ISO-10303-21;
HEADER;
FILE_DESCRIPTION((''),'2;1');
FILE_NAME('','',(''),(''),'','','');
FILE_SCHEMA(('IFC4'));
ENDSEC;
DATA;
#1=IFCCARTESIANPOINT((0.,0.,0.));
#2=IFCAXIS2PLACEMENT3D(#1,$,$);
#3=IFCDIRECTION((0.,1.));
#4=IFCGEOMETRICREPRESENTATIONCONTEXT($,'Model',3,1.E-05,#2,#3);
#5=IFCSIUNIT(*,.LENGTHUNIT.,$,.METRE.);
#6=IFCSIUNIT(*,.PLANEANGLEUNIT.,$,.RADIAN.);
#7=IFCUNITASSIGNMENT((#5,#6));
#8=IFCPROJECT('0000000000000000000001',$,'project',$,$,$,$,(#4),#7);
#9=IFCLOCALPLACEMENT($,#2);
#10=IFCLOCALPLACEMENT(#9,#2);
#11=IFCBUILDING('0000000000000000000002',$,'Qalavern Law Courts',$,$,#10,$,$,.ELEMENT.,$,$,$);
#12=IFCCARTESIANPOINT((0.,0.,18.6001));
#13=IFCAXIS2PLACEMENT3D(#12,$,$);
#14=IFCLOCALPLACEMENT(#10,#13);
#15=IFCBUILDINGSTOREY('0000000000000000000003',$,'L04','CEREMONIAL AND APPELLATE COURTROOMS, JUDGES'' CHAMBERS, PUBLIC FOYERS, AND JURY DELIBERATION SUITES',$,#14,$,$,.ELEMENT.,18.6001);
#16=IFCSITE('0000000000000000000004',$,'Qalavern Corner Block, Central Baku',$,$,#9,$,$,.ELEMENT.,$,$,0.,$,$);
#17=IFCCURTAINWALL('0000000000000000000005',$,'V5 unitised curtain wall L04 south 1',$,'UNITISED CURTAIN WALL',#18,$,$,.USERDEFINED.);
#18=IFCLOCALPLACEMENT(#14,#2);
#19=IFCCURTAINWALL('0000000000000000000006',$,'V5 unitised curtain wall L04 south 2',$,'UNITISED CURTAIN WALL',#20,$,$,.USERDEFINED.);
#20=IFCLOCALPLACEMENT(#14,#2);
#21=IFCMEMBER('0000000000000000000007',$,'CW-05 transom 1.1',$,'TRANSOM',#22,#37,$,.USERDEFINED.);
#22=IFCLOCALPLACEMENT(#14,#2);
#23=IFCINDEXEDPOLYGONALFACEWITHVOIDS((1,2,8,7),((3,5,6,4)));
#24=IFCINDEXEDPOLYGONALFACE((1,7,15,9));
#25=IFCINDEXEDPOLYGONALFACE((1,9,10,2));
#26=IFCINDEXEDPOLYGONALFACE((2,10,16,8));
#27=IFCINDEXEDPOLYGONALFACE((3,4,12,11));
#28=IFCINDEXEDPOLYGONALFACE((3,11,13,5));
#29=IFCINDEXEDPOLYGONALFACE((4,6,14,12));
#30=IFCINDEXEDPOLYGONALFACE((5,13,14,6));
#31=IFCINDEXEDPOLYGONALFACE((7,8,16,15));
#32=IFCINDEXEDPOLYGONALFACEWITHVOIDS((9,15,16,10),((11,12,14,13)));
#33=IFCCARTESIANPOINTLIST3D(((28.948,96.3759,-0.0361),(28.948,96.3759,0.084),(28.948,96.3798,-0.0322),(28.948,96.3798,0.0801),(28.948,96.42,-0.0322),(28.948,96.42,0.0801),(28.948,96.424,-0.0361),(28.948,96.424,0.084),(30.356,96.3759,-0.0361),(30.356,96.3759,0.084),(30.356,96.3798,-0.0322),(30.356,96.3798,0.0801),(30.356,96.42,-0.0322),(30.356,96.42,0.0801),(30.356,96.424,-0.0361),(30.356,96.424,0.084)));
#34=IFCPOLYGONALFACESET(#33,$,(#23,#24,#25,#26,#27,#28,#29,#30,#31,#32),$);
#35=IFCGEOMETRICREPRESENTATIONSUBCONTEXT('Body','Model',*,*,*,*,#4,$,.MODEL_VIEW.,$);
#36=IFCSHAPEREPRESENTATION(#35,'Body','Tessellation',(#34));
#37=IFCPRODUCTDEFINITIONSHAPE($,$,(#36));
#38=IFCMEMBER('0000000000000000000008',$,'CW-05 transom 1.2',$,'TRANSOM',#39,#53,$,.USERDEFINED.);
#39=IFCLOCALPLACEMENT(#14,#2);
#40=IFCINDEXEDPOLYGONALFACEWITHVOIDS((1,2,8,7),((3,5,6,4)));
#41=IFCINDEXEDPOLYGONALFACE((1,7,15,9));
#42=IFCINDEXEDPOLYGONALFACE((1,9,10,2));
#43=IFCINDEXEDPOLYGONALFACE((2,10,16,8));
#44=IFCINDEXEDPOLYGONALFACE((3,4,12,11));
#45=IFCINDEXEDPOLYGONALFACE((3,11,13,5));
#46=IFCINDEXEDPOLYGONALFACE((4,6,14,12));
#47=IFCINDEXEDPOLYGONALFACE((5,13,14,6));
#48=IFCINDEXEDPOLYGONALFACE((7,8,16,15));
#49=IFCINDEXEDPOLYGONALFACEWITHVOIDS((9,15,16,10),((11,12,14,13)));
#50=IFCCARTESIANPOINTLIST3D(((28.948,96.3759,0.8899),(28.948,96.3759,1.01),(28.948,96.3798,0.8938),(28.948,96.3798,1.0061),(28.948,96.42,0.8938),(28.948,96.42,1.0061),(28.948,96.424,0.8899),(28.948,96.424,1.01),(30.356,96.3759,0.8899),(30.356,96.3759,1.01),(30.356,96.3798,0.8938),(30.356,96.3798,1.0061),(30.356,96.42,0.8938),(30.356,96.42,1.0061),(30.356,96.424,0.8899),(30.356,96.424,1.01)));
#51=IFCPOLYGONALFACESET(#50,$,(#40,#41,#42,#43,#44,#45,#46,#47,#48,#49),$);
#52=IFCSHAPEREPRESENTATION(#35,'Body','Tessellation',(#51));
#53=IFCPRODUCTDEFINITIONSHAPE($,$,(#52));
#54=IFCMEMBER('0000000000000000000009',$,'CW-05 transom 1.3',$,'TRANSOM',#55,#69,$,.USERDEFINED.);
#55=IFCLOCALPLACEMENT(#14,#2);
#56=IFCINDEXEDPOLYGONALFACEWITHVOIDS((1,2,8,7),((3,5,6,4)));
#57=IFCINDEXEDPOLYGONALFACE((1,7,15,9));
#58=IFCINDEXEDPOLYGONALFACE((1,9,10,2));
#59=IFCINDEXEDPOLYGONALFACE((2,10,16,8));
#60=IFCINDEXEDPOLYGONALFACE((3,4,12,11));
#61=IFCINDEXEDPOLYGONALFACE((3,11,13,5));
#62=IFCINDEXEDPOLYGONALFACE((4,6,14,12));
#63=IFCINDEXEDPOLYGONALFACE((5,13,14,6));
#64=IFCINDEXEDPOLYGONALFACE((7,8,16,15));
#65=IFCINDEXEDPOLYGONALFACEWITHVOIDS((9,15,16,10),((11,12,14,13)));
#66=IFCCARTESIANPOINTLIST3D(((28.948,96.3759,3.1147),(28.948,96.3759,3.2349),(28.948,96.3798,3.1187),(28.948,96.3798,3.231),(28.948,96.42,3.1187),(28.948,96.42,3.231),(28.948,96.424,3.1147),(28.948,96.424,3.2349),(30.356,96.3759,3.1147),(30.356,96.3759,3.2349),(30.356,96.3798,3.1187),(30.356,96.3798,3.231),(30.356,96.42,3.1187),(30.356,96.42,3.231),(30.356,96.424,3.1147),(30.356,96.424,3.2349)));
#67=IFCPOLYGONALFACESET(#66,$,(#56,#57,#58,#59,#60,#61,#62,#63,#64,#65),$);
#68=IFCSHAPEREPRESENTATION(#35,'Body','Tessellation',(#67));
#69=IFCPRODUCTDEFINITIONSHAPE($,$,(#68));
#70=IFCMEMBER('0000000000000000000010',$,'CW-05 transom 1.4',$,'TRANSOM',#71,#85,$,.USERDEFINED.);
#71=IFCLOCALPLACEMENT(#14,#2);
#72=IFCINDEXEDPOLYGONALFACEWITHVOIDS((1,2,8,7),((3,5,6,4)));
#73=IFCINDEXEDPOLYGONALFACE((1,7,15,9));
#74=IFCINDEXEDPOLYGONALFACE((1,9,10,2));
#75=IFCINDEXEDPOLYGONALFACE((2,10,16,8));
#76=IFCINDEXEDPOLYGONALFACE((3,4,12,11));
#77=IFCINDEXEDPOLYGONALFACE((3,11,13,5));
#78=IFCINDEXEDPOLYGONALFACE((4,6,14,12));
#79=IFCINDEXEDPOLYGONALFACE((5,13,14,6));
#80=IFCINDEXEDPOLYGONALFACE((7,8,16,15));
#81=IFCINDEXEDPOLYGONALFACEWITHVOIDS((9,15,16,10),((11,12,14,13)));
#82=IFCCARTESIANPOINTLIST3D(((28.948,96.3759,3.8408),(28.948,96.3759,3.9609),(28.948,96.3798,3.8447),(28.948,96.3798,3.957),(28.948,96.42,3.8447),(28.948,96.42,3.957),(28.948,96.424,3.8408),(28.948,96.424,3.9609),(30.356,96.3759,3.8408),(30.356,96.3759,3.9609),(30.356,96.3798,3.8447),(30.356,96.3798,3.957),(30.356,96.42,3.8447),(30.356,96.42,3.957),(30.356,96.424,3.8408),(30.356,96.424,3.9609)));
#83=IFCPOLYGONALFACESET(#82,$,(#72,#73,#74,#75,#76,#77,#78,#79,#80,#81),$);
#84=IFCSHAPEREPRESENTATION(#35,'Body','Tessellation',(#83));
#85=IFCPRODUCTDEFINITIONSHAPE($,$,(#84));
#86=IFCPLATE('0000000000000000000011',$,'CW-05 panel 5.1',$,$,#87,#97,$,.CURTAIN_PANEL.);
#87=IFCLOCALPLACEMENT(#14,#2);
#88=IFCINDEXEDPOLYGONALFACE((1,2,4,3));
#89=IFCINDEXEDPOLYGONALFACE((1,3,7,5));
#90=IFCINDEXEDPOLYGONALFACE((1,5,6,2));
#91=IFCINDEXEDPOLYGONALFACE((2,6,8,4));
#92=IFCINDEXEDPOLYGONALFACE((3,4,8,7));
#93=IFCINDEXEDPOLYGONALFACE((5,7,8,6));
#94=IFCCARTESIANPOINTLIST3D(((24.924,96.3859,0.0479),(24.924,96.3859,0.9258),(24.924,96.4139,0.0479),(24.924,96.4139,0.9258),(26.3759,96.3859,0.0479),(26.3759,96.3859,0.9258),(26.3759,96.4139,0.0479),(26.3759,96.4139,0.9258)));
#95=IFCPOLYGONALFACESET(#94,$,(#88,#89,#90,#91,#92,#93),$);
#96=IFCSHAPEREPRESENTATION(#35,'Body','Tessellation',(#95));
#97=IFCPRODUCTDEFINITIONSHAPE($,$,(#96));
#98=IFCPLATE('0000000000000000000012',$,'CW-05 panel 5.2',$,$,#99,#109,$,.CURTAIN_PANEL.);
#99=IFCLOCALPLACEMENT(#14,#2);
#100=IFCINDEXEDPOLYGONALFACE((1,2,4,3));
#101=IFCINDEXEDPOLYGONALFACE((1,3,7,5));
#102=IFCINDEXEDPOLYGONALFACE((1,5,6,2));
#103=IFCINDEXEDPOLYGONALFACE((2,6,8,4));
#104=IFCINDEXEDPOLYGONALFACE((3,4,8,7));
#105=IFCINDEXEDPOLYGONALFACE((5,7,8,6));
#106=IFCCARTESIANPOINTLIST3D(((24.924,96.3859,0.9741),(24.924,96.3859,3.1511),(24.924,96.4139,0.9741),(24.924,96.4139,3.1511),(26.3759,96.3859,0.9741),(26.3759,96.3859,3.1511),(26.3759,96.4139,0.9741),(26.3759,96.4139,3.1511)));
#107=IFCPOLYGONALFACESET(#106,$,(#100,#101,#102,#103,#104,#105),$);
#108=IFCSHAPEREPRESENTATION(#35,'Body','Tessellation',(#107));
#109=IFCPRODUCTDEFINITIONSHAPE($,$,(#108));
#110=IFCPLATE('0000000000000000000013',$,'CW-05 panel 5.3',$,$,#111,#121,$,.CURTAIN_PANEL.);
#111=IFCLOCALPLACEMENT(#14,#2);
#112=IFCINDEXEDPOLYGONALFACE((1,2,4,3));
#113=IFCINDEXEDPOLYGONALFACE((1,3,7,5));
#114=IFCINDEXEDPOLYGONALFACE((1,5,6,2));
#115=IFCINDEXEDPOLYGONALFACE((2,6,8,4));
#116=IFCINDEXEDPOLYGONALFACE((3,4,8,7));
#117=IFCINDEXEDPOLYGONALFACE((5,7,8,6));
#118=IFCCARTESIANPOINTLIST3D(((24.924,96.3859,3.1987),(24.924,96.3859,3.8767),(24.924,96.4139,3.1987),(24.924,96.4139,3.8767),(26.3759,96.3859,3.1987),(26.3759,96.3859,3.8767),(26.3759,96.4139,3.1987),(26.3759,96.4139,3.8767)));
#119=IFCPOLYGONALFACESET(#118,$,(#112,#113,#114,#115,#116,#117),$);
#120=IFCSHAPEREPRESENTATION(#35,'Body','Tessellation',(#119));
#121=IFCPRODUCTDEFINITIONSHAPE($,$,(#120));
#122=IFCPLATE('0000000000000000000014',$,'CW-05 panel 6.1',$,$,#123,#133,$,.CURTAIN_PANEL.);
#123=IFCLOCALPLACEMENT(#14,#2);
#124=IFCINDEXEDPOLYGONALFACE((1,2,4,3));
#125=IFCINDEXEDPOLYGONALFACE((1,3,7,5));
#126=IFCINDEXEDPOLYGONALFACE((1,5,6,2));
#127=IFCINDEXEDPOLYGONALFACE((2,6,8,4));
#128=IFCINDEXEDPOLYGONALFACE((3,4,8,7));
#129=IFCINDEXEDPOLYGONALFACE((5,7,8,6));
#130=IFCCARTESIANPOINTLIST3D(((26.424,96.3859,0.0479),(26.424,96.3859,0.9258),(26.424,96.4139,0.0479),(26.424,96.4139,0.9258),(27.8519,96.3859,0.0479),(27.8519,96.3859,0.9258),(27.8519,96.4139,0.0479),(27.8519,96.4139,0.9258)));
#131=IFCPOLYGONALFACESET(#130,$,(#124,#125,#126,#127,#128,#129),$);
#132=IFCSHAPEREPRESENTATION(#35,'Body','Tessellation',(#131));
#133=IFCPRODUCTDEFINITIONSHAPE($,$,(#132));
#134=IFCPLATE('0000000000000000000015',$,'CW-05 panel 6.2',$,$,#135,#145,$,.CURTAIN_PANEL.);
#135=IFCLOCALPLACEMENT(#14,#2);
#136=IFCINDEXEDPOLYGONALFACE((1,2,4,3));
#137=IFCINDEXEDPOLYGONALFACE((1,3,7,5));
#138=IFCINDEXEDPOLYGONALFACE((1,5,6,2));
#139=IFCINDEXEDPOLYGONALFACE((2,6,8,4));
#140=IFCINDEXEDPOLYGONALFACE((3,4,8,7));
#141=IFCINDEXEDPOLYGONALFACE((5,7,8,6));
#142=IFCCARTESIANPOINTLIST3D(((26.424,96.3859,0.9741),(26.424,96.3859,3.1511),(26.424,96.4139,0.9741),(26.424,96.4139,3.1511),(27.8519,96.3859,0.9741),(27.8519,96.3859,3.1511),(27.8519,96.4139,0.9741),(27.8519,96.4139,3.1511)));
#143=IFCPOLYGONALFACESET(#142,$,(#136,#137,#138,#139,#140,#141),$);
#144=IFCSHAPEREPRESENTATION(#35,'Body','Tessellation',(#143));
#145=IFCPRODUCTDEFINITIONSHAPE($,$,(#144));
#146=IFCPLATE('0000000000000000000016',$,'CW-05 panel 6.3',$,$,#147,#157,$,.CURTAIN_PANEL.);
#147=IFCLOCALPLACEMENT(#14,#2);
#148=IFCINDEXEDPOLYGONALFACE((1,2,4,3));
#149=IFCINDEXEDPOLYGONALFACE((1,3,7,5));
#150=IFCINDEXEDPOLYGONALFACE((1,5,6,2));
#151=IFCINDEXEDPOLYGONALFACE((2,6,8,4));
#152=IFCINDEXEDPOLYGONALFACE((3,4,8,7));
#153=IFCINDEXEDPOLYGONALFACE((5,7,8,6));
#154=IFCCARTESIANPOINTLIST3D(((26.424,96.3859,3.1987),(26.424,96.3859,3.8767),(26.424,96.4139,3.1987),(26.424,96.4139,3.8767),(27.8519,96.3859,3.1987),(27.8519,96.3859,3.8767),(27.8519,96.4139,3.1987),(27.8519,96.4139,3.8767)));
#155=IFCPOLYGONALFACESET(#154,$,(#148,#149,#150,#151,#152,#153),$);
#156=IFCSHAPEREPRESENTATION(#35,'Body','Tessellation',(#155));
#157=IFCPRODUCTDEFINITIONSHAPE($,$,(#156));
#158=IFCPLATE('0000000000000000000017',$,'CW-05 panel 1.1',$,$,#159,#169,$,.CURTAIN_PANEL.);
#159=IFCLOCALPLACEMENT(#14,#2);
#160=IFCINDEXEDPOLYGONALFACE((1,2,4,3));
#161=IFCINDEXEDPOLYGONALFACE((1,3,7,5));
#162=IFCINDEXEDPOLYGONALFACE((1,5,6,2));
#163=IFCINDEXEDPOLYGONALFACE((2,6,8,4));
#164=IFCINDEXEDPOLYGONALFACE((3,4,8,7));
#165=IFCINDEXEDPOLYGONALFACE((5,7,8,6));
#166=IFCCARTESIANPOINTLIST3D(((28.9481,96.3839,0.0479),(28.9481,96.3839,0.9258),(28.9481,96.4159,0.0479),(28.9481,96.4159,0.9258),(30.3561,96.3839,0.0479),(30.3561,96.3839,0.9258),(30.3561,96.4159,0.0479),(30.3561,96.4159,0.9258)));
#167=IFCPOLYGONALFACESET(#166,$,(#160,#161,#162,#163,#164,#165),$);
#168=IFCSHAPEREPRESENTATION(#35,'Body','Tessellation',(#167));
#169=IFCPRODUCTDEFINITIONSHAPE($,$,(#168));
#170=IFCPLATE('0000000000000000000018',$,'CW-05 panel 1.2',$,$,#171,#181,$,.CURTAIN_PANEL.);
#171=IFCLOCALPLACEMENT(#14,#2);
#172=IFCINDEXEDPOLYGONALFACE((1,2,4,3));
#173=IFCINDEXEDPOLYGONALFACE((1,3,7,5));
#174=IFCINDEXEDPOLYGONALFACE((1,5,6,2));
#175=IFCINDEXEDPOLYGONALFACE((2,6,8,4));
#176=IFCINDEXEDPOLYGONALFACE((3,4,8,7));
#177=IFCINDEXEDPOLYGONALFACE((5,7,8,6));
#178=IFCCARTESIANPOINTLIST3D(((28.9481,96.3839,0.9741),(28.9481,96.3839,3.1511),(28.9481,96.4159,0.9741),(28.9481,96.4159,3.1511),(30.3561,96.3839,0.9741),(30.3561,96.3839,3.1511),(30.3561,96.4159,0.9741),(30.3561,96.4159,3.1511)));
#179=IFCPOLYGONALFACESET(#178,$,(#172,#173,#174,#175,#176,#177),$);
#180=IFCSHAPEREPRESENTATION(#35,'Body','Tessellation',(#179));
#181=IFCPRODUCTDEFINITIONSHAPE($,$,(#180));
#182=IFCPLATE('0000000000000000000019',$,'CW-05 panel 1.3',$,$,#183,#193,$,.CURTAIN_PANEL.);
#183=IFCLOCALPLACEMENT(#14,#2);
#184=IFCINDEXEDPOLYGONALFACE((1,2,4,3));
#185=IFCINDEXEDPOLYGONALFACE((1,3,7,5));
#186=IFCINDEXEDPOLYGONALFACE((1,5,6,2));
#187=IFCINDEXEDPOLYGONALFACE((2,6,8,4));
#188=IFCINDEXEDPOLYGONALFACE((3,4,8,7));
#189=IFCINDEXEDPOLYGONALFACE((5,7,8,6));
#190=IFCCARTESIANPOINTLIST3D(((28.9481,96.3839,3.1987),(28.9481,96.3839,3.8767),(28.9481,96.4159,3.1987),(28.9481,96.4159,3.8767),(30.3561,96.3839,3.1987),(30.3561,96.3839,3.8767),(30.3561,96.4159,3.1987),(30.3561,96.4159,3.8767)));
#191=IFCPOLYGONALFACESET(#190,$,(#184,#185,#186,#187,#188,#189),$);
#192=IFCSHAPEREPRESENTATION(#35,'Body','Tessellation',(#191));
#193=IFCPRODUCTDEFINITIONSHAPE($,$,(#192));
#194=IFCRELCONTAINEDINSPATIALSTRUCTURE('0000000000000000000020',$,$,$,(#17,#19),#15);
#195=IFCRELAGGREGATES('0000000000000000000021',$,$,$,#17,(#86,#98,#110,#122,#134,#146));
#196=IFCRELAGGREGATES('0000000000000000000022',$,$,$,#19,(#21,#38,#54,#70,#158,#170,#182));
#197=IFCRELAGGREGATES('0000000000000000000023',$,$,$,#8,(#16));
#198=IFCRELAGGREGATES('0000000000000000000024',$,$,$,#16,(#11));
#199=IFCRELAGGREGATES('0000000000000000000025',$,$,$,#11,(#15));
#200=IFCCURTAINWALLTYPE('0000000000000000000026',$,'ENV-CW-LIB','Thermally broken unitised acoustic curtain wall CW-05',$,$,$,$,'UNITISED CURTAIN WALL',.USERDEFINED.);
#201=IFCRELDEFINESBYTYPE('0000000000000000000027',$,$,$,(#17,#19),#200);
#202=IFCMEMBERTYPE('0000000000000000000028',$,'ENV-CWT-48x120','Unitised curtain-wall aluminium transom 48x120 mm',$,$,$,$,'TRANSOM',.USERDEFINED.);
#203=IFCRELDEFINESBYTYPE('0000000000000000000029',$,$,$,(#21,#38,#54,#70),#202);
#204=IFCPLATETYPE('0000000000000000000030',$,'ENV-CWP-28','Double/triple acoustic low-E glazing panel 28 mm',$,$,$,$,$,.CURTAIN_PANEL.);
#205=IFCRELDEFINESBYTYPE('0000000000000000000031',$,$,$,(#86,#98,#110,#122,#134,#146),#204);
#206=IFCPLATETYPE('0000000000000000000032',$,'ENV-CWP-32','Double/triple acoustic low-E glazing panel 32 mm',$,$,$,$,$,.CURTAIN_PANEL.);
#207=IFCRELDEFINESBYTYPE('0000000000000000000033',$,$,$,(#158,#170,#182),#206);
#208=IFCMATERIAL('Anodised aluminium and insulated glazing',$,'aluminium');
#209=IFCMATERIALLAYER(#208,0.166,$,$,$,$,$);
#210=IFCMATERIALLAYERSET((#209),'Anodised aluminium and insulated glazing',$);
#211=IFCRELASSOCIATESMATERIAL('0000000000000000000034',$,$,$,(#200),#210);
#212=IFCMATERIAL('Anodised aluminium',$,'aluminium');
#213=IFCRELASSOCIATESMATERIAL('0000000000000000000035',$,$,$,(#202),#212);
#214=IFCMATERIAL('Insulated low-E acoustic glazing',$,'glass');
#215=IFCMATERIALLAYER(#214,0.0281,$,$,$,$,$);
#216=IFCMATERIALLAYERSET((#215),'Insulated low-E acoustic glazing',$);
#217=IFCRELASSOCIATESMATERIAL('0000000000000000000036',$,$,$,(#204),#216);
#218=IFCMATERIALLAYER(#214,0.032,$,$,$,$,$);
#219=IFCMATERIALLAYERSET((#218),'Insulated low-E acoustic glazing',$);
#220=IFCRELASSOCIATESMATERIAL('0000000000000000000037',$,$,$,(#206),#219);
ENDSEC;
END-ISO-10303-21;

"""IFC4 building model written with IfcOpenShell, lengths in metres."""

from ifc_helpers import new_model, si_unit, direction, frame, origin, origin_2d, place, context, subcontext, project, spatial, rectangle, hollow_rectangle, extrude, material, layer, layer_set, material_profile, profile_set, type_object, element, aggregate, save


model = new_model("IFC4")

# Units and contexts
model_context = context("Model", 3, precision=1e-05, world=origin(), true_north=direction((0.0, 1.0)))
body_context = subcontext(model_context, "Body", "Model", "MODEL_VIEW")
ifc_project = project(units=[si_unit("LENGTHUNIT", "METRE"), si_unit("PLANEANGLEUNIT", "RADIAN")], contexts=[model_context])

# Site, building, storey
site_placement = place(None, origin())
site = spatial("IfcSite", under=ifc_project, at=site_placement, Name="Qalavern Corner Block, Central Baku", CompositionType="ELEMENT", RefElevation=0.0)
building_placement = place(site_placement, origin())
building = spatial("IfcBuilding", under=site, at=building_placement, Name="Qalavern Law Courts", CompositionType="ELEMENT")
storey_placement = place(building_placement, frame((0.0, 0.0, 18.6001)))
storey = spatial("IfcBuildingStorey", under=building, at=storey_placement, Name="L04", Description="CEREMONIAL AND APPELLATE COURTROOMS, JUDGES' CHAMBERS, PUBLIC FOYERS, AND JURY DELIBERATION SUITES", CompositionType="ELEMENT", Elevation=18.6001)

# Curtain walls
ifc_material_1 = material(Name="Anodised aluminium and insulated glazing", Category="aluminium")
ifc_layer_1 = layer(ifc_material_1, 0.166)
ifc_layer_set_1 = layer_set([ifc_layer_1], Name="Anodised aluminium and insulated glazing")
curtain_wall_type = type_object("IfcCurtainWallType", Name="ENV-CW-LIB", Description="Thermally broken unitised acoustic curtain wall CW-05", ElementType="UNITISED CURTAIN WALL", PredefinedType="USERDEFINED", material=ifc_layer_set_1)
curtain_wall_1_placement = place(storey_placement, origin())
curtain_wall_1 = element("IfcCurtainWall", 1, at=curtain_wall_1_placement, inside=storey, type_object=curtain_wall_type, Name="V5 unitised curtain wall L04 south 1", ObjectType="UNITISED CURTAIN WALL", PredefinedType="USERDEFINED")
ifc_material_2 = material(Name="Anodised aluminium", Category="aluminium")
curtain_wall_2_placement = place(storey_placement, origin())
curtain_wall_2 = element("IfcCurtainWall", 2, at=curtain_wall_2_placement, inside=storey, type_object=curtain_wall_type, Name="V5 unitised curtain wall L04 south 2", ObjectType="UNITISED CURTAIN WALL", PredefinedType="USERDEFINED")

# Members
ifc_material_profile_1 = material_profile(ifc_material_2, hollow_rectangle(XDim=0.0481, YDim=0.1201, WallThickness=0.0039, at=origin_2d()), Name="ALU TRANSOM 48x120")
ifc_profile_set_1 = profile_set([ifc_material_profile_1], Name="Anodised aluminium")
member_type_1 = type_object("IfcMemberType", Name="ENV-CWT-48x120", Description="Unitised curtain-wall aluminium transom 48x120 mm", ElementType="TRANSOM", PredefinedType="USERDEFINED", material=ifc_profile_set_1)
member_1_placement = place(storey_placement, frame((28.948, 96.3999, 0.0239), z_axis=(1.0, 0.0, 0.0), x_axis=(0.0, 1.0, 0.0)))
member_1 = element("IfcMember", 3, at=member_1_placement, type_object=member_type_1, Name="CW-05 transom 1.1", ObjectType="TRANSOM", PredefinedType="USERDEFINED", context=body_context, shape_type="SweptSolid", body=[
    extrude(hollow_rectangle(XDim=0.0481, YDim=0.1201, WallThickness=0.0039, at=origin_2d()), origin(), (0.0, 0.0, 1.0), 1.408),
])
member_2_placement = place(storey_placement, frame((28.948, 96.3999, 0.95), z_axis=(1.0, 0.0, 0.0), x_axis=(0.0, 1.0, 0.0)))
member_2 = element("IfcMember", 4, at=member_2_placement, type_object=member_type_1, Name="CW-05 transom 1.2", ObjectType="TRANSOM", PredefinedType="USERDEFINED", context=body_context, shape_type="SweptSolid", body=[
    extrude(hollow_rectangle(XDim=0.0481, YDim=0.1201, WallThickness=0.0039, at=origin_2d()), origin(), (0.0, 0.0, 1.0), 1.408),
])
member_3_placement = place(storey_placement, frame((28.948, 96.3999, 3.1748), z_axis=(1.0, 0.0, 0.0), x_axis=(0.0, 1.0, 0.0)))
member_3 = element("IfcMember", 5, at=member_3_placement, type_object=member_type_1, Name="CW-05 transom 1.3", ObjectType="TRANSOM", PredefinedType="USERDEFINED", context=body_context, shape_type="SweptSolid", body=[
    extrude(hollow_rectangle(XDim=0.0481, YDim=0.1201, WallThickness=0.0039, at=origin_2d()), origin(), (0.0, 0.0, 1.0), 1.408),
])
member_4_placement = place(storey_placement, frame((28.948, 96.3999, 3.9009), z_axis=(1.0, 0.0, 0.0), x_axis=(0.0, 1.0, 0.0)))
member_4 = element("IfcMember", 6, at=member_4_placement, type_object=member_type_1, Name="CW-05 transom 1.4", ObjectType="TRANSOM", PredefinedType="USERDEFINED", context=body_context, shape_type="SweptSolid", body=[
    extrude(hollow_rectangle(XDim=0.0481, YDim=0.1201, WallThickness=0.0039, at=origin_2d()), origin(), (0.0, 0.0, 1.0), 1.408),
])

# Plates
ifc_material_3 = material(Name="Insulated low-E acoustic glazing", Category="glass")
ifc_layer_2 = layer(ifc_material_3, 0.0281)
ifc_layer_set_2 = layer_set([ifc_layer_2], Name="Insulated low-E acoustic glazing")
plate_type_1 = type_object("IfcPlateType", Name="ENV-CWP-28", Description="Double/triple acoustic low-E glazing panel 28 mm", PredefinedType="CURTAIN_PANEL", material=ifc_layer_set_2)
plate_1_placement = place(storey_placement, frame((25.6499, 96.3999, 0.0479), z_axis=(0.0, 0.0, 1.0), x_axis=(1.0, 0.0, 0.0)))
plate_1 = element("IfcPlate", 7, at=plate_1_placement, type_object=plate_type_1, Name="CW-05 panel 5.1", PredefinedType="CURTAIN_PANEL", context=body_context, shape_type="SweptSolid", body=[
    extrude(rectangle(XDim=1.4519, YDim=0.0281, at=origin_2d()), origin(), (0.0, 0.0, 1.0), 0.8779),
])
plate_2_placement = place(storey_placement, frame((25.6499, 96.3999, 0.9741), z_axis=(0.0, 0.0, 1.0), x_axis=(1.0, 0.0, 0.0)))
plate_2 = element("IfcPlate", 8, at=plate_2_placement, type_object=plate_type_1, Name="CW-05 panel 5.2", PredefinedType="CURTAIN_PANEL", context=body_context, shape_type="SweptSolid", body=[
    extrude(rectangle(XDim=1.4519, YDim=0.0281, at=origin_2d()), origin(), (0.0, 0.0, 1.0), 2.177),
])
plate_3_placement = place(storey_placement, frame((25.6499, 96.3999, 3.1987), z_axis=(0.0, 0.0, 1.0), x_axis=(1.0, 0.0, 0.0)))
plate_3 = element("IfcPlate", 9, at=plate_3_placement, type_object=plate_type_1, Name="CW-05 panel 5.3", PredefinedType="CURTAIN_PANEL", context=body_context, shape_type="SweptSolid", body=[
    extrude(rectangle(XDim=1.4519, YDim=0.0281, at=origin_2d()), origin(), (0.0, 0.0, 1.0), 0.678),
])
plate_4_placement = place(storey_placement, frame((27.1379, 96.3999, 0.0479), z_axis=(0.0, 0.0, 1.0), x_axis=(1.0, 0.0, 0.0)))
plate_4 = element("IfcPlate", 10, at=plate_4_placement, type_object=plate_type_1, Name="CW-05 panel 6.1", PredefinedType="CURTAIN_PANEL", context=body_context, shape_type="SweptSolid", body=[
    extrude(rectangle(XDim=1.428, YDim=0.0281, at=origin_2d()), origin(), (0.0, 0.0, 1.0), 0.8779),
])
plate_5_placement = place(storey_placement, frame((27.1379, 96.3999, 0.9741), z_axis=(0.0, 0.0, 1.0), x_axis=(1.0, 0.0, 0.0)))
plate_5 = element("IfcPlate", 11, at=plate_5_placement, type_object=plate_type_1, Name="CW-05 panel 6.2", PredefinedType="CURTAIN_PANEL", context=body_context, shape_type="SweptSolid", body=[
    extrude(rectangle(XDim=1.428, YDim=0.0281, at=origin_2d()), origin(), (0.0, 0.0, 1.0), 2.177),
])
plate_6_placement = place(storey_placement, frame((27.1379, 96.3999, 3.1987), z_axis=(0.0, 0.0, 1.0), x_axis=(1.0, 0.0, 0.0)))
plate_6 = element("IfcPlate", 12, at=plate_6_placement, type_object=plate_type_1, Name="CW-05 panel 6.3", PredefinedType="CURTAIN_PANEL", context=body_context, shape_type="SweptSolid", body=[
    extrude(rectangle(XDim=1.428, YDim=0.0281, at=origin_2d()), origin(), (0.0, 0.0, 1.0), 0.678),
])
aggregate(curtain_wall_1, [plate_1, plate_2, plate_3, plate_4, plate_5, plate_6])
ifc_layer_3 = layer(ifc_material_3, 0.032)
ifc_layer_set_3 = layer_set([ifc_layer_3], Name="Insulated low-E acoustic glazing")
plate_type_2 = type_object("IfcPlateType", Name="ENV-CWP-32", Description="Double/triple acoustic low-E glazing panel 32 mm", PredefinedType="CURTAIN_PANEL", material=ifc_layer_set_3)
plate_7_placement = place(storey_placement, frame((29.6521, 96.3999, 0.0479), z_axis=(0.0, 0.0, 1.0), x_axis=(1.0, 0.0, 0.0)))
plate_7 = element("IfcPlate", 13, at=plate_7_placement, type_object=plate_type_2, Name="CW-05 panel 1.1", PredefinedType="CURTAIN_PANEL", context=body_context, shape_type="SweptSolid", body=[
    extrude(rectangle(XDim=1.408, YDim=0.032, at=origin_2d()), origin(), (0.0, 0.0, 1.0), 0.8779),
])
plate_8_placement = place(storey_placement, frame((29.6521, 96.3999, 0.9741), z_axis=(0.0, 0.0, 1.0), x_axis=(1.0, 0.0, 0.0)))
plate_8 = element("IfcPlate", 14, at=plate_8_placement, type_object=plate_type_2, Name="CW-05 panel 1.2", PredefinedType="CURTAIN_PANEL", context=body_context, shape_type="SweptSolid", body=[
    extrude(rectangle(XDim=1.408, YDim=0.032, at=origin_2d()), origin(), (0.0, 0.0, 1.0), 2.177),
])
plate_9_placement = place(storey_placement, frame((29.6521, 96.3999, 3.1987), z_axis=(0.0, 0.0, 1.0), x_axis=(1.0, 0.0, 0.0)))
plate_9 = element("IfcPlate", 15, at=plate_9_placement, type_object=plate_type_2, Name="CW-05 panel 1.3", PredefinedType="CURTAIN_PANEL", context=body_context, shape_type="SweptSolid", body=[
    extrude(rectangle(XDim=1.408, YDim=0.032, at=origin_2d()), origin(), (0.0, 0.0, 1.0), 0.678),
])
aggregate(curtain_wall_2, [member_1, member_2, member_3, member_4, plate_7, plate_8, plate_9])

save(model, "model.ifc")
